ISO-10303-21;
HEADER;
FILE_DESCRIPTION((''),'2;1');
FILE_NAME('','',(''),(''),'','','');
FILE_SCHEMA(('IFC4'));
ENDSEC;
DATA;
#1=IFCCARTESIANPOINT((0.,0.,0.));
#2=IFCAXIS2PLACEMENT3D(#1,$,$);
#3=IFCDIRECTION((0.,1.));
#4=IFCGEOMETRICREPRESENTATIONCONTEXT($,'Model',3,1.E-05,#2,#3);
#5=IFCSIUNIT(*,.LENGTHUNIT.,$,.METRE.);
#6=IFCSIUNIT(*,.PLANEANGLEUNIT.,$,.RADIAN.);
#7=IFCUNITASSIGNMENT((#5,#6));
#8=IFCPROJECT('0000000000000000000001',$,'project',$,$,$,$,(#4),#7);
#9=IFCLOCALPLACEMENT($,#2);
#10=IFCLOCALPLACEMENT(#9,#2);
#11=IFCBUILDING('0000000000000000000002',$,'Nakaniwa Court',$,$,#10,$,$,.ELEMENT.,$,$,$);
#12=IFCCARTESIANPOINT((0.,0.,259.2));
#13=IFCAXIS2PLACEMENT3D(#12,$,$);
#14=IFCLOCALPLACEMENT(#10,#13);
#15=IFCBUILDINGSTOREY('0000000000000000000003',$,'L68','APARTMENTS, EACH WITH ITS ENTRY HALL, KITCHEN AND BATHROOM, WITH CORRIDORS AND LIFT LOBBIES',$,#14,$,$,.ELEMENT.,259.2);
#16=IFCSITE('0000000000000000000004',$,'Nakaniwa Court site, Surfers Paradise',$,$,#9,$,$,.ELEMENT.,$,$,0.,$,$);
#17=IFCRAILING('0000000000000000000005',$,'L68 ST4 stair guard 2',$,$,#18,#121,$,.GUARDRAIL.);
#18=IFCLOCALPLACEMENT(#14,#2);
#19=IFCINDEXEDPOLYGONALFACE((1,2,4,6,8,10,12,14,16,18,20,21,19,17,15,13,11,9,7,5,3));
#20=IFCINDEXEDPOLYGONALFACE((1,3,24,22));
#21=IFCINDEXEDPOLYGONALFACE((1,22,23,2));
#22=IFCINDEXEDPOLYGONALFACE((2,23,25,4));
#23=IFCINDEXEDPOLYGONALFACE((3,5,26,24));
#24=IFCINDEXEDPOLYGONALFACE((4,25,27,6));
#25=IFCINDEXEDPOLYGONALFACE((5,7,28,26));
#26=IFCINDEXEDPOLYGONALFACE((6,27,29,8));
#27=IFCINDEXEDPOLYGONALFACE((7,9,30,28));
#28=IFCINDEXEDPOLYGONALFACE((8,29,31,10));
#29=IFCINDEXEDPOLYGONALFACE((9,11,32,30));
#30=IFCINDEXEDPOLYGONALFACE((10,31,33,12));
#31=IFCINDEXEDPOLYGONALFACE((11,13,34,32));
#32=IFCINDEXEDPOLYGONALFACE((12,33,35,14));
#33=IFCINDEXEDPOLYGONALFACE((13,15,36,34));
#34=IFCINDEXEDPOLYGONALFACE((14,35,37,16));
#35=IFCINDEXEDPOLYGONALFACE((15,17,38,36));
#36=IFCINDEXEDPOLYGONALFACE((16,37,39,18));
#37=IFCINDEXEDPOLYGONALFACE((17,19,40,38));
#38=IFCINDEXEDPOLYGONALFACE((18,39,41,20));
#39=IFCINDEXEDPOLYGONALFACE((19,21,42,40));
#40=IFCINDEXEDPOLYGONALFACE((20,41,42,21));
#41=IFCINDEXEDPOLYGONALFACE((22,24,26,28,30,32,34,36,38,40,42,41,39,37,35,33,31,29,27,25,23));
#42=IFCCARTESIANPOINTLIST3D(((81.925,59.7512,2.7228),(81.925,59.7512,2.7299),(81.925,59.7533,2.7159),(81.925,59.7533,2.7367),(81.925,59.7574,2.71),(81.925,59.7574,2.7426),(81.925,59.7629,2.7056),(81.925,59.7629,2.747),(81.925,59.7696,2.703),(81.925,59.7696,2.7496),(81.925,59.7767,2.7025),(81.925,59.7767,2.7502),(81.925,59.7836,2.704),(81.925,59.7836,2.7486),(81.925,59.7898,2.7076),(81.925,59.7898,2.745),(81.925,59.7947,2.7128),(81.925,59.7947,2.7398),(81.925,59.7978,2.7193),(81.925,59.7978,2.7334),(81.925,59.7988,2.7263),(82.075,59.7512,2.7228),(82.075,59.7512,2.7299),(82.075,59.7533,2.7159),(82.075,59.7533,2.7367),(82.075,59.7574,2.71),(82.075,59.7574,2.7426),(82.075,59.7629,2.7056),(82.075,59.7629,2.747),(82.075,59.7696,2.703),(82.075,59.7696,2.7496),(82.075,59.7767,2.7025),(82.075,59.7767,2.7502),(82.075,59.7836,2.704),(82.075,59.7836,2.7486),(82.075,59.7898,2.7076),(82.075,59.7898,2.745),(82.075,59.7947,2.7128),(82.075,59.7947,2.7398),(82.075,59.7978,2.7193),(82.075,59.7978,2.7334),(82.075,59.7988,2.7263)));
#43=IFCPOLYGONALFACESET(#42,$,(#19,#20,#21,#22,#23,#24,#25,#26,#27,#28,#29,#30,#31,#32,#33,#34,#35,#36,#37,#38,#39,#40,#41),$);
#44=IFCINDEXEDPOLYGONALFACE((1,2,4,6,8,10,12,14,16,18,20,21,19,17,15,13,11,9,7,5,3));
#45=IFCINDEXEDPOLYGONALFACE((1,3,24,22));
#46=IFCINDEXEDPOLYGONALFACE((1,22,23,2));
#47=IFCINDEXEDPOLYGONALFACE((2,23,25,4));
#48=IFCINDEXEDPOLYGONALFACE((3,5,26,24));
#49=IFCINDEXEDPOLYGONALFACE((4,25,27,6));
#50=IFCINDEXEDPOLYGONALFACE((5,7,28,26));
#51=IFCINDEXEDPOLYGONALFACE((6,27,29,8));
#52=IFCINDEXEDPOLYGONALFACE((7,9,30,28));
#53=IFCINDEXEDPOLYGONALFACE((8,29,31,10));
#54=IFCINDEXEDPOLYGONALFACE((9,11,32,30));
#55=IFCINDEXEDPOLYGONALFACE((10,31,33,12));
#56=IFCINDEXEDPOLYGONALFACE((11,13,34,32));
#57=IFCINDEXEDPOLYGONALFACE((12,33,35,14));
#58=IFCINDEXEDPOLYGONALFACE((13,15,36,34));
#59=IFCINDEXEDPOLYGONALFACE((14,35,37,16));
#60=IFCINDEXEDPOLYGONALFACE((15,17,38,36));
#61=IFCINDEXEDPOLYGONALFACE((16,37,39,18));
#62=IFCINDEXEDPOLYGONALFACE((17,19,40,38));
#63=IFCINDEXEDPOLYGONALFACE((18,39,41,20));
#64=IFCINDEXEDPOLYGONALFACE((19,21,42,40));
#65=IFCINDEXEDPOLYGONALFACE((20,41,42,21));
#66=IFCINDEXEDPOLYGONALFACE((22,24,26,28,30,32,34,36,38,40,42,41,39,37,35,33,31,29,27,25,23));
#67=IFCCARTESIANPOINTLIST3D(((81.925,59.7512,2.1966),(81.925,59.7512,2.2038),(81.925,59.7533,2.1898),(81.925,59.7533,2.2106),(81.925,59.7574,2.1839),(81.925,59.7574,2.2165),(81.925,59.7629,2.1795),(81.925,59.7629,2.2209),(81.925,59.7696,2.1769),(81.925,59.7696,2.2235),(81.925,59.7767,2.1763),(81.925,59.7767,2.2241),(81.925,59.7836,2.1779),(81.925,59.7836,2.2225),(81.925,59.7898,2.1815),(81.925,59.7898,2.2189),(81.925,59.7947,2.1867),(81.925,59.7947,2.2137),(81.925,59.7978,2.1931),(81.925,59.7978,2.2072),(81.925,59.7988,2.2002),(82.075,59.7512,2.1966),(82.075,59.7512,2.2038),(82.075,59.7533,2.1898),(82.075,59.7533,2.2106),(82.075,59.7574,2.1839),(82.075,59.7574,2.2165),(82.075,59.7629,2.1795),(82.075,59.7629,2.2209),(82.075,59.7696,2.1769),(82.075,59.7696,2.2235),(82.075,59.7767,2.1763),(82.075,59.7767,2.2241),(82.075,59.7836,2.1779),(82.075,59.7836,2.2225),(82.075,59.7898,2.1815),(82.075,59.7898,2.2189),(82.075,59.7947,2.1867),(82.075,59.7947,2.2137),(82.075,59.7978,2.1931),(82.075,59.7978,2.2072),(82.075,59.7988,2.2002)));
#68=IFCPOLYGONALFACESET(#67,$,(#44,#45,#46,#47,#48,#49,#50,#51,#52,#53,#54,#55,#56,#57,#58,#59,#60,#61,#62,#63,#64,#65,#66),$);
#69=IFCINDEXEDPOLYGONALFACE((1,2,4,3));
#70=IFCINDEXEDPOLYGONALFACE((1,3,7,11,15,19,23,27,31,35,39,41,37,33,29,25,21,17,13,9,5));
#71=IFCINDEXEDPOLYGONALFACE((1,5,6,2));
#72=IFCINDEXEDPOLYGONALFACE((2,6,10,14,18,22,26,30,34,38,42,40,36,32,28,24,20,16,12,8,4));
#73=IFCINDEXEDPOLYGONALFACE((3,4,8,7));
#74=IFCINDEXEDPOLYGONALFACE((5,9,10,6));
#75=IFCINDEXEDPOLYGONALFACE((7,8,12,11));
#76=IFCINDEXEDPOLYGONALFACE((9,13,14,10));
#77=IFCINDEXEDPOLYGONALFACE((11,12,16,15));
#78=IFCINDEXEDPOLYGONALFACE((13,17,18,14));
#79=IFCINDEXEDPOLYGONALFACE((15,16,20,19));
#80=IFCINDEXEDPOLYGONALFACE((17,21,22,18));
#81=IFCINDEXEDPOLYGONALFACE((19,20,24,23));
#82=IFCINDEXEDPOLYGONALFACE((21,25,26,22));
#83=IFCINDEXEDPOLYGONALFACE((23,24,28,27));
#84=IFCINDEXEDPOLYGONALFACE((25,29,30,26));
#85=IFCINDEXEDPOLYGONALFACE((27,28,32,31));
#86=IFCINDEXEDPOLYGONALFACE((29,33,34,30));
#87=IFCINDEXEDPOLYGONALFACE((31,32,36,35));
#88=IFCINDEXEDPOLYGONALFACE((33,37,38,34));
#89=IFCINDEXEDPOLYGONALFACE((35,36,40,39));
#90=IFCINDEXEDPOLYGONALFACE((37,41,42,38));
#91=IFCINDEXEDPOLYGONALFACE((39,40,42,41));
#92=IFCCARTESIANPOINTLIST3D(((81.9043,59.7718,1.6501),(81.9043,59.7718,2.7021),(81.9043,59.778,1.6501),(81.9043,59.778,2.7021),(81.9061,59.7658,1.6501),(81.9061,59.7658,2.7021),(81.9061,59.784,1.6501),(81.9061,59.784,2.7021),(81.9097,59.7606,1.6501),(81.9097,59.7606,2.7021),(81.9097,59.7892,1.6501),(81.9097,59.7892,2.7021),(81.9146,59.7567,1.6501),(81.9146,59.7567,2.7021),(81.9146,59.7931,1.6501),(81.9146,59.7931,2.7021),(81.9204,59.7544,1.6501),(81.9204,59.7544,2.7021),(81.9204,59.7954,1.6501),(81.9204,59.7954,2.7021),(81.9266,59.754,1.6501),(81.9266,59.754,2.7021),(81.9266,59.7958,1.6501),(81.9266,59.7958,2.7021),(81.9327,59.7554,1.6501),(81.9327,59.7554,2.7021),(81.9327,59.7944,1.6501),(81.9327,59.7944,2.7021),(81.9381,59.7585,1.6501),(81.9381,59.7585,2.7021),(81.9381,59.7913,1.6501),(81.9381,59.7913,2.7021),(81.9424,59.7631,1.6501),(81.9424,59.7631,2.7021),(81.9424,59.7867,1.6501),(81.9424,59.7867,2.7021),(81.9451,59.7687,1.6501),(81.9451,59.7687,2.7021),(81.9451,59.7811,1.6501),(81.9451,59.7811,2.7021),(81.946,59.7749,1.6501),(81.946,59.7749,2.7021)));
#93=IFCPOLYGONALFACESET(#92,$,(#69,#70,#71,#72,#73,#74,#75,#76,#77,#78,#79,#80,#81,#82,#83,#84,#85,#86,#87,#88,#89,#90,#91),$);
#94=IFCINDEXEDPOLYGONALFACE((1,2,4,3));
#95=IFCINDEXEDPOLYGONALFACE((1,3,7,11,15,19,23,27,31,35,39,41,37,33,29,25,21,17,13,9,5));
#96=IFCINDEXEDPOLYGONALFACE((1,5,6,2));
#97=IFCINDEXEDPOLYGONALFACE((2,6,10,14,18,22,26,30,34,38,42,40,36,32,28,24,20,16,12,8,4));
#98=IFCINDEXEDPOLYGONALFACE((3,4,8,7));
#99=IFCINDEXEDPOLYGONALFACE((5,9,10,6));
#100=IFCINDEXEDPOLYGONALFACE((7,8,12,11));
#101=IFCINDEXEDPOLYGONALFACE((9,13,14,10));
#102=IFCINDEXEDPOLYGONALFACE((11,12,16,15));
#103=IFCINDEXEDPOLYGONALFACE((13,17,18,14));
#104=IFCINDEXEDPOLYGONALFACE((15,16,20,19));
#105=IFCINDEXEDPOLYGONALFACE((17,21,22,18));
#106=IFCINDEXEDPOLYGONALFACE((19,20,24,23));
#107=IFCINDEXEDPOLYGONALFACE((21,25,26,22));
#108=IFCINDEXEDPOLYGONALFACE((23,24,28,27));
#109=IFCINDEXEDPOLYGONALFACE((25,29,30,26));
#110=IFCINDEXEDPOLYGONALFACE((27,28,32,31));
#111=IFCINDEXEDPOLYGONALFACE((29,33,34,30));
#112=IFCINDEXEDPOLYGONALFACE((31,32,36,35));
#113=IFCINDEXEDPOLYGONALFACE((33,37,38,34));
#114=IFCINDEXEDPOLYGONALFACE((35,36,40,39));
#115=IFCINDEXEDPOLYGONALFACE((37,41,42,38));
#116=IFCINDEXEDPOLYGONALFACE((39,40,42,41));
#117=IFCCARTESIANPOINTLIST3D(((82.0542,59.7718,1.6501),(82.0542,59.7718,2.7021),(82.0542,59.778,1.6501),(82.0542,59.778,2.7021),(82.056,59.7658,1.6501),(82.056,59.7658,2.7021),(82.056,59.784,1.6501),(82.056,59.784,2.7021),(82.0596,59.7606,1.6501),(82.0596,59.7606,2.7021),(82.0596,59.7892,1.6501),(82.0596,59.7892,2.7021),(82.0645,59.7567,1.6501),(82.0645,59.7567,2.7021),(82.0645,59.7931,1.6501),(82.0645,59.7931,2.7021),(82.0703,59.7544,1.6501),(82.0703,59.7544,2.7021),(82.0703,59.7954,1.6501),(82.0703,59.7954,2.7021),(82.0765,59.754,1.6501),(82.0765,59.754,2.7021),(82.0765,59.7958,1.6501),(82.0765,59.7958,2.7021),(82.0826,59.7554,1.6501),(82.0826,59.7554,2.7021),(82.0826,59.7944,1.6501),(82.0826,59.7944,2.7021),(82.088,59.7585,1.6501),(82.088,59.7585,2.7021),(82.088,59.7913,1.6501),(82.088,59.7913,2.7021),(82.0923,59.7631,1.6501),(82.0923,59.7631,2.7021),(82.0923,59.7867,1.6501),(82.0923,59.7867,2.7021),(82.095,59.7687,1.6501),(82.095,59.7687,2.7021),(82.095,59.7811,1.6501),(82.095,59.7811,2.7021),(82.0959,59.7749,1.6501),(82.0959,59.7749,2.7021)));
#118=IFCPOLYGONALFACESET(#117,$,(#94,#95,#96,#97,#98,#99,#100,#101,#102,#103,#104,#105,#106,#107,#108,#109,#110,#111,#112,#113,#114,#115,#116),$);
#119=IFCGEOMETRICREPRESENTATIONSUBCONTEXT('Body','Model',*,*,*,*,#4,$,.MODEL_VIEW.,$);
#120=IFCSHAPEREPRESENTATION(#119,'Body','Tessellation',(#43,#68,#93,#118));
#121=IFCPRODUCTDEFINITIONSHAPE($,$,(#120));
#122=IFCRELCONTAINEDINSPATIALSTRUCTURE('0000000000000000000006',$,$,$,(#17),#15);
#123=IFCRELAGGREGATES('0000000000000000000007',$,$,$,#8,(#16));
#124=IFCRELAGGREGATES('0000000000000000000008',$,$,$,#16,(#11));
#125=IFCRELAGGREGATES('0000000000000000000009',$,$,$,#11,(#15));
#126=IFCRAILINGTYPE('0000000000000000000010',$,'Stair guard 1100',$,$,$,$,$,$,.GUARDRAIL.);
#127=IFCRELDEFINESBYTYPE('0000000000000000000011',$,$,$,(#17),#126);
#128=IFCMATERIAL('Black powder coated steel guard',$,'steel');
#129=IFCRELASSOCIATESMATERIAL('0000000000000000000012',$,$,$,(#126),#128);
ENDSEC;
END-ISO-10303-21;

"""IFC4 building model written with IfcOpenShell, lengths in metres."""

from ifc_helpers import new_model, si_unit, direction, frame, origin, origin_2d, place, context, subcontext, project, spatial, circle, extrude, material, type_object, element, save


model = new_model("IFC4")

# Units and contexts
model_context = context("Model", 3, precision=1e-05, world=origin(), true_north=direction((0.0, 1.0)))
body_context = subcontext(model_context, "Body", "Model", "MODEL_VIEW")
ifc_project = project(units=[si_unit("LENGTHUNIT", "METRE"), si_unit("PLANEANGLEUNIT", "RADIAN")], contexts=[model_context])

# Site, building, storey
site_placement = place(None, origin())
site = spatial("IfcSite", under=ifc_project, at=site_placement, Name="Nakaniwa Court site, Surfers Paradise", CompositionType="ELEMENT", RefElevation=0.0)
building_placement = place(site_placement, origin())
building = spatial("IfcBuilding", under=site, at=building_placement, Name="Nakaniwa Court", CompositionType="ELEMENT")
storey_placement = place(building_placement, frame((0.0, 0.0, 259.2)))
storey = spatial("IfcBuildingStorey", under=building, at=storey_placement, Name="L68", Description="APARTMENTS, EACH WITH ITS ENTRY HALL, KITCHEN AND BATHROOM, WITH CORRIDORS AND LIFT LOBBIES", CompositionType="ELEMENT", Elevation=259.2)

# Railing
ifc_material_1 = material(Name="Black powder coated steel guard", Category="steel")
railing_type_1 = type_object("IfcRailingType", Name="Stair guard 1100", PredefinedType="GUARDRAIL", material=ifc_material_1)
railing_1_placement = place(storey_placement, frame((81.925, 59.7749, 1.6501)))
element("IfcRailing", 1, at=railing_1_placement, inside=storey, type_object=railing_type_1, Name="L68 ST4 stair guard 2", PredefinedType="GUARDRAIL", context=body_context, shape_type="SweptSolid", body=[
    extrude(circle(Radius=0.0239, at=origin_2d()), frame((0.0, 0.0, 1.0762), z_axis=(1.0, 0.0, 0.0), x_axis=(0.0, 1.0, 0.0)), (0.0, 0.0, 1.0), 0.1499),
    extrude(circle(Radius=0.0239, at=origin_2d()), frame((0.0, 0.0, 0.55), z_axis=(1.0, 0.0, 0.0), x_axis=(0.0, 1.0, 0.0)), (0.0, 0.0, 1.0), 0.1499),
    extrude(circle(Radius=0.021, at=origin_2d()), origin(), (0.0, 0.0, 1.0), 1.052),
    extrude(circle(Radius=0.021, at=origin_2d()), frame((0.1499, 0.0, 0.0)), (0.0, 0.0, 1.0), 1.052),
])

save(model, "model.ifc")
